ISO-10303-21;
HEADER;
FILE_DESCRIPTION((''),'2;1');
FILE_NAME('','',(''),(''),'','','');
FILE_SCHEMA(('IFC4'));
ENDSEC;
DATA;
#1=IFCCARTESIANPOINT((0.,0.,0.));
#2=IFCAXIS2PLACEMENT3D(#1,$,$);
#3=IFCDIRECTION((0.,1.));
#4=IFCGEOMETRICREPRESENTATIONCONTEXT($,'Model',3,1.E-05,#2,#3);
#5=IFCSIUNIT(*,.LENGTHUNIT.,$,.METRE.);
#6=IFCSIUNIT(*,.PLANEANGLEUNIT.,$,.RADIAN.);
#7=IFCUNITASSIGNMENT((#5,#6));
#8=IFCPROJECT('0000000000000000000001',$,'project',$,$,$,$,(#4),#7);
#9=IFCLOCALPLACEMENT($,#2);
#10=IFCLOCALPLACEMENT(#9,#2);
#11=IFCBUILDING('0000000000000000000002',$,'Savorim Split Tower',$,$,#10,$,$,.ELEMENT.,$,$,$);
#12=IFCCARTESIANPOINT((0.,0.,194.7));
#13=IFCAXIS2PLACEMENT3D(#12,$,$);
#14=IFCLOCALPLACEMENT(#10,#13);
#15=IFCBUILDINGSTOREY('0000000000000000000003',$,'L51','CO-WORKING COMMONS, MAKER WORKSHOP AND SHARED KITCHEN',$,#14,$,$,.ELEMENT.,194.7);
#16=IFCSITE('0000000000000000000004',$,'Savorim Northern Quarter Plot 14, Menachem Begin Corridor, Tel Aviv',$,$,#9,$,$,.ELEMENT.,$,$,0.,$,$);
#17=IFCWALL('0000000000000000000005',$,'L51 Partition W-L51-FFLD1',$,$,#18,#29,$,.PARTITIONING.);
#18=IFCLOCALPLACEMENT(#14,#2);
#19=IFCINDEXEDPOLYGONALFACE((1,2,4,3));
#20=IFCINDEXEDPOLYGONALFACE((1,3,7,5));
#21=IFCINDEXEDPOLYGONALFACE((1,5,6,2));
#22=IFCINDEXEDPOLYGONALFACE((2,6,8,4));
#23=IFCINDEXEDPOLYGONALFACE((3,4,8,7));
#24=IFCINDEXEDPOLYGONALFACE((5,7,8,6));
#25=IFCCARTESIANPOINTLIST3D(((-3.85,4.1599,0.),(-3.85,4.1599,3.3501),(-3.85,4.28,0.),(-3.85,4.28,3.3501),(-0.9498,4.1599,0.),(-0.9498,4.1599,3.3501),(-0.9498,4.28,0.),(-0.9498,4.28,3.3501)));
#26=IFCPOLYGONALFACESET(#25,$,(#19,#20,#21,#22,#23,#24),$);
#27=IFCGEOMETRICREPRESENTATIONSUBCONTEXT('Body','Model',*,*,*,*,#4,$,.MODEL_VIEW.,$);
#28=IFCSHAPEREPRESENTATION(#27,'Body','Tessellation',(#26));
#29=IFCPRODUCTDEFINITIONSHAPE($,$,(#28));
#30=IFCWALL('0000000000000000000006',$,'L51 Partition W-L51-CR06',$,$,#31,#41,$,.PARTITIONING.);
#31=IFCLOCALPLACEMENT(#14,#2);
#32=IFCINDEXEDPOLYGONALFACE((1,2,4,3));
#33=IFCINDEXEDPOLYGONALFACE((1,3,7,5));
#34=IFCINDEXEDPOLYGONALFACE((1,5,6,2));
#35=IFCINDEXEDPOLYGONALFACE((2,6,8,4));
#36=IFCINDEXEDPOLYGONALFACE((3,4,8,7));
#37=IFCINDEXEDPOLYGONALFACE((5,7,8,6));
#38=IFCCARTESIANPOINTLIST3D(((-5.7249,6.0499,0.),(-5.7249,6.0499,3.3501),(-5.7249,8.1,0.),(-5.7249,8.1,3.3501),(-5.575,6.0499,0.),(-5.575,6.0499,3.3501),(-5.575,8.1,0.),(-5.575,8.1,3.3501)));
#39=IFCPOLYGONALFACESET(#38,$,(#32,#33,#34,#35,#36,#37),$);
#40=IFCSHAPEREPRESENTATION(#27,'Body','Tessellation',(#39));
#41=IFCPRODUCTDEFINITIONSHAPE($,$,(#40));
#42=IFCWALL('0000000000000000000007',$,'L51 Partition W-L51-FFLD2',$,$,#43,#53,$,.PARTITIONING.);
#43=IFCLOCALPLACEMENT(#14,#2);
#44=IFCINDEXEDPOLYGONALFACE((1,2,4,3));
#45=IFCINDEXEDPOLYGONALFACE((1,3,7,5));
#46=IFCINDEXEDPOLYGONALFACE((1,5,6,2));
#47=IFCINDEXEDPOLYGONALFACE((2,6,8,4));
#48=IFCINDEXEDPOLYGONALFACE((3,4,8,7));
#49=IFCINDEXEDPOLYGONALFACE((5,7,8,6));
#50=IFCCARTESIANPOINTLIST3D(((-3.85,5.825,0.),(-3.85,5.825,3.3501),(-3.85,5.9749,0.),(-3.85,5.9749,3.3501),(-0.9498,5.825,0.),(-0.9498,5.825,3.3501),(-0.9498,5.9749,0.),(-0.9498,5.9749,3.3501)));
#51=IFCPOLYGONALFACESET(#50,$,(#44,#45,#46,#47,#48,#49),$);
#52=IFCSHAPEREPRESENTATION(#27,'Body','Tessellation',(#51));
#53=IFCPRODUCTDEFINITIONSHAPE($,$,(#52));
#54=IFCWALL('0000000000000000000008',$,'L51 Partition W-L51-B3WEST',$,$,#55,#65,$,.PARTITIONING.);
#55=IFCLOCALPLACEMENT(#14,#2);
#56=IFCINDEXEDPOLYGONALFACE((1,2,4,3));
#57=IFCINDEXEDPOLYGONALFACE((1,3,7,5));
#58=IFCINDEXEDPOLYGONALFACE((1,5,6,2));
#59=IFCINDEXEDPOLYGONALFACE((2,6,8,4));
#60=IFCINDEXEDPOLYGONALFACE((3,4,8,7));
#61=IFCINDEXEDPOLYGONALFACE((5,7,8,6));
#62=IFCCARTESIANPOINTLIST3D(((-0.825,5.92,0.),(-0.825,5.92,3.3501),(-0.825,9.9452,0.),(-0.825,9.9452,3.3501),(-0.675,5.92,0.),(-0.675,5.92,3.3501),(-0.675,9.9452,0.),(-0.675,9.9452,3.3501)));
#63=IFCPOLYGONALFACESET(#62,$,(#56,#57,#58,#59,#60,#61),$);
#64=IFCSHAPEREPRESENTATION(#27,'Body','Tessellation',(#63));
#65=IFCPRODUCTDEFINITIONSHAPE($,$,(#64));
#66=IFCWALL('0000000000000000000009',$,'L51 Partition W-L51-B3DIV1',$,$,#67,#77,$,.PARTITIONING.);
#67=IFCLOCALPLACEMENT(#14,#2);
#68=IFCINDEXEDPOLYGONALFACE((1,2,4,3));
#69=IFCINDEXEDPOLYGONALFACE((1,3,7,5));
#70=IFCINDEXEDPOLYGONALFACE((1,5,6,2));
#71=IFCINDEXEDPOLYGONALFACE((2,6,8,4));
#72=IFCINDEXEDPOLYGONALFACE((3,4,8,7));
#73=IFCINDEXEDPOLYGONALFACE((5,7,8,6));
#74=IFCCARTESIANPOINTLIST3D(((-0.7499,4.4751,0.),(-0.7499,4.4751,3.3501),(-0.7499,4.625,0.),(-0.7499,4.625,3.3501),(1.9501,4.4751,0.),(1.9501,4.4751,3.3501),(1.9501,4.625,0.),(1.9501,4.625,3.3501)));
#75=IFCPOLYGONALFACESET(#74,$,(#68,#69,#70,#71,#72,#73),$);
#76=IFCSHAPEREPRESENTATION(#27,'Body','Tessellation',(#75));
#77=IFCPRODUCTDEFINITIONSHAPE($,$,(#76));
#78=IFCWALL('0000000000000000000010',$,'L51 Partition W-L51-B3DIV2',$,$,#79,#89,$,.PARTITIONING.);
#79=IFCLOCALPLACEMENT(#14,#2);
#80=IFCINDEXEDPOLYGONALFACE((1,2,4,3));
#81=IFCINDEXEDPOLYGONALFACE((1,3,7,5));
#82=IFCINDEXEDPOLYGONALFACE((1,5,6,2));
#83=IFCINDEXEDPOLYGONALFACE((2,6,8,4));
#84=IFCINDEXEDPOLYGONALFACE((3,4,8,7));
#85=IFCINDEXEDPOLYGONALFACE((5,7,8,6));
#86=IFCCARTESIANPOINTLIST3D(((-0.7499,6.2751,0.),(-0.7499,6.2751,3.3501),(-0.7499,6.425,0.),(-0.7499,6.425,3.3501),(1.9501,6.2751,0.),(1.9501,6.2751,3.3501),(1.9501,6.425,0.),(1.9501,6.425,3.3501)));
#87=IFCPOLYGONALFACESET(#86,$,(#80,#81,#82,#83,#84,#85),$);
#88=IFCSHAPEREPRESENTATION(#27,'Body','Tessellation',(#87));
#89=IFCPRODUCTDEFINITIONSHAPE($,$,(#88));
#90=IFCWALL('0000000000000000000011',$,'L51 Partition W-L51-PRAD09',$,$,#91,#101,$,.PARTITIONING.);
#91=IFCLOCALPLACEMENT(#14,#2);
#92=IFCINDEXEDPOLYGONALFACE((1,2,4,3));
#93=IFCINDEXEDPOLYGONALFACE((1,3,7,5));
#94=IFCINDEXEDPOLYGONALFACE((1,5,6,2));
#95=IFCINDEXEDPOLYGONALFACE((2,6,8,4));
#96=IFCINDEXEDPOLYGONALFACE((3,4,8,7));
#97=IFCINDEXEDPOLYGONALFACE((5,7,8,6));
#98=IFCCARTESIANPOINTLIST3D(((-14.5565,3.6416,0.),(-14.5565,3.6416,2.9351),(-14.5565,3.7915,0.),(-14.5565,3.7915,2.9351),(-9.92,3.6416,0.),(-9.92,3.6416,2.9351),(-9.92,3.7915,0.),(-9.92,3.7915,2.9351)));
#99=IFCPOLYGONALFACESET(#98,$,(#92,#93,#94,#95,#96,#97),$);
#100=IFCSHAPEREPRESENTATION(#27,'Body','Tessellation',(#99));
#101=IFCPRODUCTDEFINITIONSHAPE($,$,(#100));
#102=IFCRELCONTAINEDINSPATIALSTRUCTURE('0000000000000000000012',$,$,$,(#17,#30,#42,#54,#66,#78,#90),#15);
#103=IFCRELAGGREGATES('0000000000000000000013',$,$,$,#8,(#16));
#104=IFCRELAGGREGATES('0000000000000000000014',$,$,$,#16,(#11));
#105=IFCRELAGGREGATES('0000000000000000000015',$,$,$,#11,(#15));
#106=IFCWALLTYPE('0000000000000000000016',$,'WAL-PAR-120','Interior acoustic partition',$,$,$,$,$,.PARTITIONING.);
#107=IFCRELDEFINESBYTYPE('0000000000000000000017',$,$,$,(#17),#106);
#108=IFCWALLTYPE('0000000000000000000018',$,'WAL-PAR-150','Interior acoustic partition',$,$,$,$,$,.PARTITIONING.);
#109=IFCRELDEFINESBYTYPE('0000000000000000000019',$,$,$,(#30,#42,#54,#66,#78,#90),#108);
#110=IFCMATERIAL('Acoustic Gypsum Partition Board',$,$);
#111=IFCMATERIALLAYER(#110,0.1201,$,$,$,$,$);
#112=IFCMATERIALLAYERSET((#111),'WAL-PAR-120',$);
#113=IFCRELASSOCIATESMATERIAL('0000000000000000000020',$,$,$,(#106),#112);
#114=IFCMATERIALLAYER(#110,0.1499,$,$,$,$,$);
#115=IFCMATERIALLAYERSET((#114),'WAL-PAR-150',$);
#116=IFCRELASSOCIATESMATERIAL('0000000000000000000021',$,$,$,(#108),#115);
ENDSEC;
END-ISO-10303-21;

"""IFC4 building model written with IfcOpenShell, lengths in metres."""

from ifc_helpers import new_model, si_unit, direction, frame, frame_2d, origin, place, context, subcontext, project, spatial, rectangle, extrude, material, layer, layer_set, type_object, element, save


model = new_model("IFC4")

# Units and contexts
model_context = context("Model", 3, precision=1e-05, world=origin(), true_north=direction((0.0, 1.0)))
body_context = subcontext(model_context, "Body", "Model", "MODEL_VIEW")
ifc_project = project(units=[si_unit("LENGTHUNIT", "METRE"), si_unit("PLANEANGLEUNIT", "RADIAN")], contexts=[model_context])

# Site, building, storey
site_placement = place(None, origin())
site = spatial("IfcSite", under=ifc_project, at=site_placement, Name="Savorim Northern Quarter Plot 14, Menachem Begin Corridor, Tel Aviv", CompositionType="ELEMENT", RefElevation=0.0)
building_placement = place(site_placement, origin())
building = spatial("IfcBuilding", under=site, at=building_placement, Name="Savorim Split Tower", CompositionType="ELEMENT")
storey_placement = place(building_placement, frame((0.0, 0.0, 194.7)))
storey = spatial("IfcBuildingStorey", under=building, at=storey_placement, Name="L51", Description="CO-WORKING COMMONS, MAKER WORKSHOP AND SHARED KITCHEN", CompositionType="ELEMENT", Elevation=194.7)

# Walls
ifc_material_1 = material(Name="Acoustic Gypsum Partition Board")
ifc_layer_1 = layer(ifc_material_1, 0.1201)
ifc_layer_set_1 = layer_set([ifc_layer_1], Name="WAL-PAR-120")
wall_type_1 = type_object("IfcWallType", Name="WAL-PAR-120", Description="Interior acoustic partition", PredefinedType="PARTITIONING", material=ifc_layer_set_1)
for number, where, z_axis, x_axis, name in (
    (1, (-3.8501, 4.22, 0.0), (0.0, 0.0, 1.0), (1.0, 0.0, 0.0), "L51 Partition W-L51-FFLD1"),
):
    element("IfcWall", number, at=place(storey_placement, frame(where, z_axis=z_axis, x_axis=x_axis)), inside=storey, type_object=wall_type_1, Name=name, PredefinedType="PARTITIONING", context=body_context, shape_type="SweptSolid", body=[
        extrude(rectangle(XDim=2.9001, YDim=0.1201, at=frame_2d((1.4502, 0.0))), origin(), (0.0, 0.0, 1.0), 3.3501),
    ])
ifc_layer_2 = layer(ifc_material_1, 0.1499)
ifc_layer_set_2 = layer_set([ifc_layer_2], Name="WAL-PAR-150")
wall_type_2 = type_object("IfcWallType", Name="WAL-PAR-150", Description="Interior acoustic partition", PredefinedType="PARTITIONING", material=ifc_layer_set_2)
wall_1_placement = place(storey_placement, frame((-5.6499, 6.05, 0.0), z_axis=(0.0, 0.0, 1.0), x_axis=(0.0, 1.0, 0.0)))
element("IfcWall", 2, at=wall_1_placement, inside=storey, type_object=wall_type_2, Name="L51 Partition W-L51-CR06", PredefinedType="PARTITIONING", context=body_context, shape_type="SweptSolid", body=[
    extrude(rectangle(XDim=2.05, YDim=0.1499, at=frame_2d((1.0249, 0.0))), origin(), (0.0, 0.0, 1.0), 3.3501),
])
wall_2_placement = place(storey_placement, frame((-3.8501, 5.8999, 0.0), z_axis=(0.0, 0.0, 1.0), x_axis=(1.0, 0.0, 0.0)))
element("IfcWall", 3, at=wall_2_placement, inside=storey, type_object=wall_type_2, Name="L51 Partition W-L51-FFLD2", PredefinedType="PARTITIONING", context=body_context, shape_type="SweptSolid", body=[
    extrude(rectangle(XDim=2.9001, YDim=0.1499, at=frame_2d((1.4502, 0.0))), origin(), (0.0, 0.0, 1.0), 3.3501),
])
wall_3_placement = place(storey_placement, frame((-0.75, 5.9199, 0.0), z_axis=(0.0, 0.0, 1.0), x_axis=(0.0, 1.0, 0.0)))
element("IfcWall", 4, at=wall_3_placement, inside=storey, type_object=wall_type_2, Name="L51 Partition W-L51-B3WEST", PredefinedType="PARTITIONING", context=body_context, shape_type="SweptSolid", body=[
    extrude(rectangle(XDim=4.0251, YDim=0.1499, at=frame_2d((2.0127, 0.0))), origin(), (0.0, 0.0, 1.0), 3.3501),
])
for number, where, z_axis, x_axis, name in (
    (5, (-0.75, 4.55, 0.0), (0.0, 0.0, 1.0), (1.0, 0.0, 0.0), "L51 Partition W-L51-B3DIV1"),
    (6, (-0.75, 6.3501, 0.0), (0.0, 0.0, 1.0), (1.0, 0.0, 0.0), "L51 Partition W-L51-B3DIV2"),
):
    element("IfcWall", number, at=place(storey_placement, frame(where, z_axis=z_axis, x_axis=x_axis)), inside=storey, type_object=wall_type_2, Name=name, PredefinedType="PARTITIONING", context=body_context, shape_type="SweptSolid", body=[
        extrude(rectangle(XDim=2.7, YDim=0.1499, at=frame_2d((1.3501, 0.0))), origin(), (0.0, 0.0, 1.0), 3.3501),
    ])
wall_4_placement = place(storey_placement, frame((-9.9199, 3.7166, 0.0), z_axis=(0.0, 0.0, 1.0), x_axis=(-1.0, 0.0, 0.0)))
element("IfcWall", 7, at=wall_4_placement, inside=storey, type_object=wall_type_2, Name="L51 Partition W-L51-PRAD09", PredefinedType="PARTITIONING", context=body_context, shape_type="SweptSolid", body=[
    extrude(rectangle(XDim=4.6365, YDim=0.1499, at=frame_2d((2.3184, 0.0))), origin(), (0.0, 0.0, 1.0), 2.9351),
])

save(model, "model.ifc")
